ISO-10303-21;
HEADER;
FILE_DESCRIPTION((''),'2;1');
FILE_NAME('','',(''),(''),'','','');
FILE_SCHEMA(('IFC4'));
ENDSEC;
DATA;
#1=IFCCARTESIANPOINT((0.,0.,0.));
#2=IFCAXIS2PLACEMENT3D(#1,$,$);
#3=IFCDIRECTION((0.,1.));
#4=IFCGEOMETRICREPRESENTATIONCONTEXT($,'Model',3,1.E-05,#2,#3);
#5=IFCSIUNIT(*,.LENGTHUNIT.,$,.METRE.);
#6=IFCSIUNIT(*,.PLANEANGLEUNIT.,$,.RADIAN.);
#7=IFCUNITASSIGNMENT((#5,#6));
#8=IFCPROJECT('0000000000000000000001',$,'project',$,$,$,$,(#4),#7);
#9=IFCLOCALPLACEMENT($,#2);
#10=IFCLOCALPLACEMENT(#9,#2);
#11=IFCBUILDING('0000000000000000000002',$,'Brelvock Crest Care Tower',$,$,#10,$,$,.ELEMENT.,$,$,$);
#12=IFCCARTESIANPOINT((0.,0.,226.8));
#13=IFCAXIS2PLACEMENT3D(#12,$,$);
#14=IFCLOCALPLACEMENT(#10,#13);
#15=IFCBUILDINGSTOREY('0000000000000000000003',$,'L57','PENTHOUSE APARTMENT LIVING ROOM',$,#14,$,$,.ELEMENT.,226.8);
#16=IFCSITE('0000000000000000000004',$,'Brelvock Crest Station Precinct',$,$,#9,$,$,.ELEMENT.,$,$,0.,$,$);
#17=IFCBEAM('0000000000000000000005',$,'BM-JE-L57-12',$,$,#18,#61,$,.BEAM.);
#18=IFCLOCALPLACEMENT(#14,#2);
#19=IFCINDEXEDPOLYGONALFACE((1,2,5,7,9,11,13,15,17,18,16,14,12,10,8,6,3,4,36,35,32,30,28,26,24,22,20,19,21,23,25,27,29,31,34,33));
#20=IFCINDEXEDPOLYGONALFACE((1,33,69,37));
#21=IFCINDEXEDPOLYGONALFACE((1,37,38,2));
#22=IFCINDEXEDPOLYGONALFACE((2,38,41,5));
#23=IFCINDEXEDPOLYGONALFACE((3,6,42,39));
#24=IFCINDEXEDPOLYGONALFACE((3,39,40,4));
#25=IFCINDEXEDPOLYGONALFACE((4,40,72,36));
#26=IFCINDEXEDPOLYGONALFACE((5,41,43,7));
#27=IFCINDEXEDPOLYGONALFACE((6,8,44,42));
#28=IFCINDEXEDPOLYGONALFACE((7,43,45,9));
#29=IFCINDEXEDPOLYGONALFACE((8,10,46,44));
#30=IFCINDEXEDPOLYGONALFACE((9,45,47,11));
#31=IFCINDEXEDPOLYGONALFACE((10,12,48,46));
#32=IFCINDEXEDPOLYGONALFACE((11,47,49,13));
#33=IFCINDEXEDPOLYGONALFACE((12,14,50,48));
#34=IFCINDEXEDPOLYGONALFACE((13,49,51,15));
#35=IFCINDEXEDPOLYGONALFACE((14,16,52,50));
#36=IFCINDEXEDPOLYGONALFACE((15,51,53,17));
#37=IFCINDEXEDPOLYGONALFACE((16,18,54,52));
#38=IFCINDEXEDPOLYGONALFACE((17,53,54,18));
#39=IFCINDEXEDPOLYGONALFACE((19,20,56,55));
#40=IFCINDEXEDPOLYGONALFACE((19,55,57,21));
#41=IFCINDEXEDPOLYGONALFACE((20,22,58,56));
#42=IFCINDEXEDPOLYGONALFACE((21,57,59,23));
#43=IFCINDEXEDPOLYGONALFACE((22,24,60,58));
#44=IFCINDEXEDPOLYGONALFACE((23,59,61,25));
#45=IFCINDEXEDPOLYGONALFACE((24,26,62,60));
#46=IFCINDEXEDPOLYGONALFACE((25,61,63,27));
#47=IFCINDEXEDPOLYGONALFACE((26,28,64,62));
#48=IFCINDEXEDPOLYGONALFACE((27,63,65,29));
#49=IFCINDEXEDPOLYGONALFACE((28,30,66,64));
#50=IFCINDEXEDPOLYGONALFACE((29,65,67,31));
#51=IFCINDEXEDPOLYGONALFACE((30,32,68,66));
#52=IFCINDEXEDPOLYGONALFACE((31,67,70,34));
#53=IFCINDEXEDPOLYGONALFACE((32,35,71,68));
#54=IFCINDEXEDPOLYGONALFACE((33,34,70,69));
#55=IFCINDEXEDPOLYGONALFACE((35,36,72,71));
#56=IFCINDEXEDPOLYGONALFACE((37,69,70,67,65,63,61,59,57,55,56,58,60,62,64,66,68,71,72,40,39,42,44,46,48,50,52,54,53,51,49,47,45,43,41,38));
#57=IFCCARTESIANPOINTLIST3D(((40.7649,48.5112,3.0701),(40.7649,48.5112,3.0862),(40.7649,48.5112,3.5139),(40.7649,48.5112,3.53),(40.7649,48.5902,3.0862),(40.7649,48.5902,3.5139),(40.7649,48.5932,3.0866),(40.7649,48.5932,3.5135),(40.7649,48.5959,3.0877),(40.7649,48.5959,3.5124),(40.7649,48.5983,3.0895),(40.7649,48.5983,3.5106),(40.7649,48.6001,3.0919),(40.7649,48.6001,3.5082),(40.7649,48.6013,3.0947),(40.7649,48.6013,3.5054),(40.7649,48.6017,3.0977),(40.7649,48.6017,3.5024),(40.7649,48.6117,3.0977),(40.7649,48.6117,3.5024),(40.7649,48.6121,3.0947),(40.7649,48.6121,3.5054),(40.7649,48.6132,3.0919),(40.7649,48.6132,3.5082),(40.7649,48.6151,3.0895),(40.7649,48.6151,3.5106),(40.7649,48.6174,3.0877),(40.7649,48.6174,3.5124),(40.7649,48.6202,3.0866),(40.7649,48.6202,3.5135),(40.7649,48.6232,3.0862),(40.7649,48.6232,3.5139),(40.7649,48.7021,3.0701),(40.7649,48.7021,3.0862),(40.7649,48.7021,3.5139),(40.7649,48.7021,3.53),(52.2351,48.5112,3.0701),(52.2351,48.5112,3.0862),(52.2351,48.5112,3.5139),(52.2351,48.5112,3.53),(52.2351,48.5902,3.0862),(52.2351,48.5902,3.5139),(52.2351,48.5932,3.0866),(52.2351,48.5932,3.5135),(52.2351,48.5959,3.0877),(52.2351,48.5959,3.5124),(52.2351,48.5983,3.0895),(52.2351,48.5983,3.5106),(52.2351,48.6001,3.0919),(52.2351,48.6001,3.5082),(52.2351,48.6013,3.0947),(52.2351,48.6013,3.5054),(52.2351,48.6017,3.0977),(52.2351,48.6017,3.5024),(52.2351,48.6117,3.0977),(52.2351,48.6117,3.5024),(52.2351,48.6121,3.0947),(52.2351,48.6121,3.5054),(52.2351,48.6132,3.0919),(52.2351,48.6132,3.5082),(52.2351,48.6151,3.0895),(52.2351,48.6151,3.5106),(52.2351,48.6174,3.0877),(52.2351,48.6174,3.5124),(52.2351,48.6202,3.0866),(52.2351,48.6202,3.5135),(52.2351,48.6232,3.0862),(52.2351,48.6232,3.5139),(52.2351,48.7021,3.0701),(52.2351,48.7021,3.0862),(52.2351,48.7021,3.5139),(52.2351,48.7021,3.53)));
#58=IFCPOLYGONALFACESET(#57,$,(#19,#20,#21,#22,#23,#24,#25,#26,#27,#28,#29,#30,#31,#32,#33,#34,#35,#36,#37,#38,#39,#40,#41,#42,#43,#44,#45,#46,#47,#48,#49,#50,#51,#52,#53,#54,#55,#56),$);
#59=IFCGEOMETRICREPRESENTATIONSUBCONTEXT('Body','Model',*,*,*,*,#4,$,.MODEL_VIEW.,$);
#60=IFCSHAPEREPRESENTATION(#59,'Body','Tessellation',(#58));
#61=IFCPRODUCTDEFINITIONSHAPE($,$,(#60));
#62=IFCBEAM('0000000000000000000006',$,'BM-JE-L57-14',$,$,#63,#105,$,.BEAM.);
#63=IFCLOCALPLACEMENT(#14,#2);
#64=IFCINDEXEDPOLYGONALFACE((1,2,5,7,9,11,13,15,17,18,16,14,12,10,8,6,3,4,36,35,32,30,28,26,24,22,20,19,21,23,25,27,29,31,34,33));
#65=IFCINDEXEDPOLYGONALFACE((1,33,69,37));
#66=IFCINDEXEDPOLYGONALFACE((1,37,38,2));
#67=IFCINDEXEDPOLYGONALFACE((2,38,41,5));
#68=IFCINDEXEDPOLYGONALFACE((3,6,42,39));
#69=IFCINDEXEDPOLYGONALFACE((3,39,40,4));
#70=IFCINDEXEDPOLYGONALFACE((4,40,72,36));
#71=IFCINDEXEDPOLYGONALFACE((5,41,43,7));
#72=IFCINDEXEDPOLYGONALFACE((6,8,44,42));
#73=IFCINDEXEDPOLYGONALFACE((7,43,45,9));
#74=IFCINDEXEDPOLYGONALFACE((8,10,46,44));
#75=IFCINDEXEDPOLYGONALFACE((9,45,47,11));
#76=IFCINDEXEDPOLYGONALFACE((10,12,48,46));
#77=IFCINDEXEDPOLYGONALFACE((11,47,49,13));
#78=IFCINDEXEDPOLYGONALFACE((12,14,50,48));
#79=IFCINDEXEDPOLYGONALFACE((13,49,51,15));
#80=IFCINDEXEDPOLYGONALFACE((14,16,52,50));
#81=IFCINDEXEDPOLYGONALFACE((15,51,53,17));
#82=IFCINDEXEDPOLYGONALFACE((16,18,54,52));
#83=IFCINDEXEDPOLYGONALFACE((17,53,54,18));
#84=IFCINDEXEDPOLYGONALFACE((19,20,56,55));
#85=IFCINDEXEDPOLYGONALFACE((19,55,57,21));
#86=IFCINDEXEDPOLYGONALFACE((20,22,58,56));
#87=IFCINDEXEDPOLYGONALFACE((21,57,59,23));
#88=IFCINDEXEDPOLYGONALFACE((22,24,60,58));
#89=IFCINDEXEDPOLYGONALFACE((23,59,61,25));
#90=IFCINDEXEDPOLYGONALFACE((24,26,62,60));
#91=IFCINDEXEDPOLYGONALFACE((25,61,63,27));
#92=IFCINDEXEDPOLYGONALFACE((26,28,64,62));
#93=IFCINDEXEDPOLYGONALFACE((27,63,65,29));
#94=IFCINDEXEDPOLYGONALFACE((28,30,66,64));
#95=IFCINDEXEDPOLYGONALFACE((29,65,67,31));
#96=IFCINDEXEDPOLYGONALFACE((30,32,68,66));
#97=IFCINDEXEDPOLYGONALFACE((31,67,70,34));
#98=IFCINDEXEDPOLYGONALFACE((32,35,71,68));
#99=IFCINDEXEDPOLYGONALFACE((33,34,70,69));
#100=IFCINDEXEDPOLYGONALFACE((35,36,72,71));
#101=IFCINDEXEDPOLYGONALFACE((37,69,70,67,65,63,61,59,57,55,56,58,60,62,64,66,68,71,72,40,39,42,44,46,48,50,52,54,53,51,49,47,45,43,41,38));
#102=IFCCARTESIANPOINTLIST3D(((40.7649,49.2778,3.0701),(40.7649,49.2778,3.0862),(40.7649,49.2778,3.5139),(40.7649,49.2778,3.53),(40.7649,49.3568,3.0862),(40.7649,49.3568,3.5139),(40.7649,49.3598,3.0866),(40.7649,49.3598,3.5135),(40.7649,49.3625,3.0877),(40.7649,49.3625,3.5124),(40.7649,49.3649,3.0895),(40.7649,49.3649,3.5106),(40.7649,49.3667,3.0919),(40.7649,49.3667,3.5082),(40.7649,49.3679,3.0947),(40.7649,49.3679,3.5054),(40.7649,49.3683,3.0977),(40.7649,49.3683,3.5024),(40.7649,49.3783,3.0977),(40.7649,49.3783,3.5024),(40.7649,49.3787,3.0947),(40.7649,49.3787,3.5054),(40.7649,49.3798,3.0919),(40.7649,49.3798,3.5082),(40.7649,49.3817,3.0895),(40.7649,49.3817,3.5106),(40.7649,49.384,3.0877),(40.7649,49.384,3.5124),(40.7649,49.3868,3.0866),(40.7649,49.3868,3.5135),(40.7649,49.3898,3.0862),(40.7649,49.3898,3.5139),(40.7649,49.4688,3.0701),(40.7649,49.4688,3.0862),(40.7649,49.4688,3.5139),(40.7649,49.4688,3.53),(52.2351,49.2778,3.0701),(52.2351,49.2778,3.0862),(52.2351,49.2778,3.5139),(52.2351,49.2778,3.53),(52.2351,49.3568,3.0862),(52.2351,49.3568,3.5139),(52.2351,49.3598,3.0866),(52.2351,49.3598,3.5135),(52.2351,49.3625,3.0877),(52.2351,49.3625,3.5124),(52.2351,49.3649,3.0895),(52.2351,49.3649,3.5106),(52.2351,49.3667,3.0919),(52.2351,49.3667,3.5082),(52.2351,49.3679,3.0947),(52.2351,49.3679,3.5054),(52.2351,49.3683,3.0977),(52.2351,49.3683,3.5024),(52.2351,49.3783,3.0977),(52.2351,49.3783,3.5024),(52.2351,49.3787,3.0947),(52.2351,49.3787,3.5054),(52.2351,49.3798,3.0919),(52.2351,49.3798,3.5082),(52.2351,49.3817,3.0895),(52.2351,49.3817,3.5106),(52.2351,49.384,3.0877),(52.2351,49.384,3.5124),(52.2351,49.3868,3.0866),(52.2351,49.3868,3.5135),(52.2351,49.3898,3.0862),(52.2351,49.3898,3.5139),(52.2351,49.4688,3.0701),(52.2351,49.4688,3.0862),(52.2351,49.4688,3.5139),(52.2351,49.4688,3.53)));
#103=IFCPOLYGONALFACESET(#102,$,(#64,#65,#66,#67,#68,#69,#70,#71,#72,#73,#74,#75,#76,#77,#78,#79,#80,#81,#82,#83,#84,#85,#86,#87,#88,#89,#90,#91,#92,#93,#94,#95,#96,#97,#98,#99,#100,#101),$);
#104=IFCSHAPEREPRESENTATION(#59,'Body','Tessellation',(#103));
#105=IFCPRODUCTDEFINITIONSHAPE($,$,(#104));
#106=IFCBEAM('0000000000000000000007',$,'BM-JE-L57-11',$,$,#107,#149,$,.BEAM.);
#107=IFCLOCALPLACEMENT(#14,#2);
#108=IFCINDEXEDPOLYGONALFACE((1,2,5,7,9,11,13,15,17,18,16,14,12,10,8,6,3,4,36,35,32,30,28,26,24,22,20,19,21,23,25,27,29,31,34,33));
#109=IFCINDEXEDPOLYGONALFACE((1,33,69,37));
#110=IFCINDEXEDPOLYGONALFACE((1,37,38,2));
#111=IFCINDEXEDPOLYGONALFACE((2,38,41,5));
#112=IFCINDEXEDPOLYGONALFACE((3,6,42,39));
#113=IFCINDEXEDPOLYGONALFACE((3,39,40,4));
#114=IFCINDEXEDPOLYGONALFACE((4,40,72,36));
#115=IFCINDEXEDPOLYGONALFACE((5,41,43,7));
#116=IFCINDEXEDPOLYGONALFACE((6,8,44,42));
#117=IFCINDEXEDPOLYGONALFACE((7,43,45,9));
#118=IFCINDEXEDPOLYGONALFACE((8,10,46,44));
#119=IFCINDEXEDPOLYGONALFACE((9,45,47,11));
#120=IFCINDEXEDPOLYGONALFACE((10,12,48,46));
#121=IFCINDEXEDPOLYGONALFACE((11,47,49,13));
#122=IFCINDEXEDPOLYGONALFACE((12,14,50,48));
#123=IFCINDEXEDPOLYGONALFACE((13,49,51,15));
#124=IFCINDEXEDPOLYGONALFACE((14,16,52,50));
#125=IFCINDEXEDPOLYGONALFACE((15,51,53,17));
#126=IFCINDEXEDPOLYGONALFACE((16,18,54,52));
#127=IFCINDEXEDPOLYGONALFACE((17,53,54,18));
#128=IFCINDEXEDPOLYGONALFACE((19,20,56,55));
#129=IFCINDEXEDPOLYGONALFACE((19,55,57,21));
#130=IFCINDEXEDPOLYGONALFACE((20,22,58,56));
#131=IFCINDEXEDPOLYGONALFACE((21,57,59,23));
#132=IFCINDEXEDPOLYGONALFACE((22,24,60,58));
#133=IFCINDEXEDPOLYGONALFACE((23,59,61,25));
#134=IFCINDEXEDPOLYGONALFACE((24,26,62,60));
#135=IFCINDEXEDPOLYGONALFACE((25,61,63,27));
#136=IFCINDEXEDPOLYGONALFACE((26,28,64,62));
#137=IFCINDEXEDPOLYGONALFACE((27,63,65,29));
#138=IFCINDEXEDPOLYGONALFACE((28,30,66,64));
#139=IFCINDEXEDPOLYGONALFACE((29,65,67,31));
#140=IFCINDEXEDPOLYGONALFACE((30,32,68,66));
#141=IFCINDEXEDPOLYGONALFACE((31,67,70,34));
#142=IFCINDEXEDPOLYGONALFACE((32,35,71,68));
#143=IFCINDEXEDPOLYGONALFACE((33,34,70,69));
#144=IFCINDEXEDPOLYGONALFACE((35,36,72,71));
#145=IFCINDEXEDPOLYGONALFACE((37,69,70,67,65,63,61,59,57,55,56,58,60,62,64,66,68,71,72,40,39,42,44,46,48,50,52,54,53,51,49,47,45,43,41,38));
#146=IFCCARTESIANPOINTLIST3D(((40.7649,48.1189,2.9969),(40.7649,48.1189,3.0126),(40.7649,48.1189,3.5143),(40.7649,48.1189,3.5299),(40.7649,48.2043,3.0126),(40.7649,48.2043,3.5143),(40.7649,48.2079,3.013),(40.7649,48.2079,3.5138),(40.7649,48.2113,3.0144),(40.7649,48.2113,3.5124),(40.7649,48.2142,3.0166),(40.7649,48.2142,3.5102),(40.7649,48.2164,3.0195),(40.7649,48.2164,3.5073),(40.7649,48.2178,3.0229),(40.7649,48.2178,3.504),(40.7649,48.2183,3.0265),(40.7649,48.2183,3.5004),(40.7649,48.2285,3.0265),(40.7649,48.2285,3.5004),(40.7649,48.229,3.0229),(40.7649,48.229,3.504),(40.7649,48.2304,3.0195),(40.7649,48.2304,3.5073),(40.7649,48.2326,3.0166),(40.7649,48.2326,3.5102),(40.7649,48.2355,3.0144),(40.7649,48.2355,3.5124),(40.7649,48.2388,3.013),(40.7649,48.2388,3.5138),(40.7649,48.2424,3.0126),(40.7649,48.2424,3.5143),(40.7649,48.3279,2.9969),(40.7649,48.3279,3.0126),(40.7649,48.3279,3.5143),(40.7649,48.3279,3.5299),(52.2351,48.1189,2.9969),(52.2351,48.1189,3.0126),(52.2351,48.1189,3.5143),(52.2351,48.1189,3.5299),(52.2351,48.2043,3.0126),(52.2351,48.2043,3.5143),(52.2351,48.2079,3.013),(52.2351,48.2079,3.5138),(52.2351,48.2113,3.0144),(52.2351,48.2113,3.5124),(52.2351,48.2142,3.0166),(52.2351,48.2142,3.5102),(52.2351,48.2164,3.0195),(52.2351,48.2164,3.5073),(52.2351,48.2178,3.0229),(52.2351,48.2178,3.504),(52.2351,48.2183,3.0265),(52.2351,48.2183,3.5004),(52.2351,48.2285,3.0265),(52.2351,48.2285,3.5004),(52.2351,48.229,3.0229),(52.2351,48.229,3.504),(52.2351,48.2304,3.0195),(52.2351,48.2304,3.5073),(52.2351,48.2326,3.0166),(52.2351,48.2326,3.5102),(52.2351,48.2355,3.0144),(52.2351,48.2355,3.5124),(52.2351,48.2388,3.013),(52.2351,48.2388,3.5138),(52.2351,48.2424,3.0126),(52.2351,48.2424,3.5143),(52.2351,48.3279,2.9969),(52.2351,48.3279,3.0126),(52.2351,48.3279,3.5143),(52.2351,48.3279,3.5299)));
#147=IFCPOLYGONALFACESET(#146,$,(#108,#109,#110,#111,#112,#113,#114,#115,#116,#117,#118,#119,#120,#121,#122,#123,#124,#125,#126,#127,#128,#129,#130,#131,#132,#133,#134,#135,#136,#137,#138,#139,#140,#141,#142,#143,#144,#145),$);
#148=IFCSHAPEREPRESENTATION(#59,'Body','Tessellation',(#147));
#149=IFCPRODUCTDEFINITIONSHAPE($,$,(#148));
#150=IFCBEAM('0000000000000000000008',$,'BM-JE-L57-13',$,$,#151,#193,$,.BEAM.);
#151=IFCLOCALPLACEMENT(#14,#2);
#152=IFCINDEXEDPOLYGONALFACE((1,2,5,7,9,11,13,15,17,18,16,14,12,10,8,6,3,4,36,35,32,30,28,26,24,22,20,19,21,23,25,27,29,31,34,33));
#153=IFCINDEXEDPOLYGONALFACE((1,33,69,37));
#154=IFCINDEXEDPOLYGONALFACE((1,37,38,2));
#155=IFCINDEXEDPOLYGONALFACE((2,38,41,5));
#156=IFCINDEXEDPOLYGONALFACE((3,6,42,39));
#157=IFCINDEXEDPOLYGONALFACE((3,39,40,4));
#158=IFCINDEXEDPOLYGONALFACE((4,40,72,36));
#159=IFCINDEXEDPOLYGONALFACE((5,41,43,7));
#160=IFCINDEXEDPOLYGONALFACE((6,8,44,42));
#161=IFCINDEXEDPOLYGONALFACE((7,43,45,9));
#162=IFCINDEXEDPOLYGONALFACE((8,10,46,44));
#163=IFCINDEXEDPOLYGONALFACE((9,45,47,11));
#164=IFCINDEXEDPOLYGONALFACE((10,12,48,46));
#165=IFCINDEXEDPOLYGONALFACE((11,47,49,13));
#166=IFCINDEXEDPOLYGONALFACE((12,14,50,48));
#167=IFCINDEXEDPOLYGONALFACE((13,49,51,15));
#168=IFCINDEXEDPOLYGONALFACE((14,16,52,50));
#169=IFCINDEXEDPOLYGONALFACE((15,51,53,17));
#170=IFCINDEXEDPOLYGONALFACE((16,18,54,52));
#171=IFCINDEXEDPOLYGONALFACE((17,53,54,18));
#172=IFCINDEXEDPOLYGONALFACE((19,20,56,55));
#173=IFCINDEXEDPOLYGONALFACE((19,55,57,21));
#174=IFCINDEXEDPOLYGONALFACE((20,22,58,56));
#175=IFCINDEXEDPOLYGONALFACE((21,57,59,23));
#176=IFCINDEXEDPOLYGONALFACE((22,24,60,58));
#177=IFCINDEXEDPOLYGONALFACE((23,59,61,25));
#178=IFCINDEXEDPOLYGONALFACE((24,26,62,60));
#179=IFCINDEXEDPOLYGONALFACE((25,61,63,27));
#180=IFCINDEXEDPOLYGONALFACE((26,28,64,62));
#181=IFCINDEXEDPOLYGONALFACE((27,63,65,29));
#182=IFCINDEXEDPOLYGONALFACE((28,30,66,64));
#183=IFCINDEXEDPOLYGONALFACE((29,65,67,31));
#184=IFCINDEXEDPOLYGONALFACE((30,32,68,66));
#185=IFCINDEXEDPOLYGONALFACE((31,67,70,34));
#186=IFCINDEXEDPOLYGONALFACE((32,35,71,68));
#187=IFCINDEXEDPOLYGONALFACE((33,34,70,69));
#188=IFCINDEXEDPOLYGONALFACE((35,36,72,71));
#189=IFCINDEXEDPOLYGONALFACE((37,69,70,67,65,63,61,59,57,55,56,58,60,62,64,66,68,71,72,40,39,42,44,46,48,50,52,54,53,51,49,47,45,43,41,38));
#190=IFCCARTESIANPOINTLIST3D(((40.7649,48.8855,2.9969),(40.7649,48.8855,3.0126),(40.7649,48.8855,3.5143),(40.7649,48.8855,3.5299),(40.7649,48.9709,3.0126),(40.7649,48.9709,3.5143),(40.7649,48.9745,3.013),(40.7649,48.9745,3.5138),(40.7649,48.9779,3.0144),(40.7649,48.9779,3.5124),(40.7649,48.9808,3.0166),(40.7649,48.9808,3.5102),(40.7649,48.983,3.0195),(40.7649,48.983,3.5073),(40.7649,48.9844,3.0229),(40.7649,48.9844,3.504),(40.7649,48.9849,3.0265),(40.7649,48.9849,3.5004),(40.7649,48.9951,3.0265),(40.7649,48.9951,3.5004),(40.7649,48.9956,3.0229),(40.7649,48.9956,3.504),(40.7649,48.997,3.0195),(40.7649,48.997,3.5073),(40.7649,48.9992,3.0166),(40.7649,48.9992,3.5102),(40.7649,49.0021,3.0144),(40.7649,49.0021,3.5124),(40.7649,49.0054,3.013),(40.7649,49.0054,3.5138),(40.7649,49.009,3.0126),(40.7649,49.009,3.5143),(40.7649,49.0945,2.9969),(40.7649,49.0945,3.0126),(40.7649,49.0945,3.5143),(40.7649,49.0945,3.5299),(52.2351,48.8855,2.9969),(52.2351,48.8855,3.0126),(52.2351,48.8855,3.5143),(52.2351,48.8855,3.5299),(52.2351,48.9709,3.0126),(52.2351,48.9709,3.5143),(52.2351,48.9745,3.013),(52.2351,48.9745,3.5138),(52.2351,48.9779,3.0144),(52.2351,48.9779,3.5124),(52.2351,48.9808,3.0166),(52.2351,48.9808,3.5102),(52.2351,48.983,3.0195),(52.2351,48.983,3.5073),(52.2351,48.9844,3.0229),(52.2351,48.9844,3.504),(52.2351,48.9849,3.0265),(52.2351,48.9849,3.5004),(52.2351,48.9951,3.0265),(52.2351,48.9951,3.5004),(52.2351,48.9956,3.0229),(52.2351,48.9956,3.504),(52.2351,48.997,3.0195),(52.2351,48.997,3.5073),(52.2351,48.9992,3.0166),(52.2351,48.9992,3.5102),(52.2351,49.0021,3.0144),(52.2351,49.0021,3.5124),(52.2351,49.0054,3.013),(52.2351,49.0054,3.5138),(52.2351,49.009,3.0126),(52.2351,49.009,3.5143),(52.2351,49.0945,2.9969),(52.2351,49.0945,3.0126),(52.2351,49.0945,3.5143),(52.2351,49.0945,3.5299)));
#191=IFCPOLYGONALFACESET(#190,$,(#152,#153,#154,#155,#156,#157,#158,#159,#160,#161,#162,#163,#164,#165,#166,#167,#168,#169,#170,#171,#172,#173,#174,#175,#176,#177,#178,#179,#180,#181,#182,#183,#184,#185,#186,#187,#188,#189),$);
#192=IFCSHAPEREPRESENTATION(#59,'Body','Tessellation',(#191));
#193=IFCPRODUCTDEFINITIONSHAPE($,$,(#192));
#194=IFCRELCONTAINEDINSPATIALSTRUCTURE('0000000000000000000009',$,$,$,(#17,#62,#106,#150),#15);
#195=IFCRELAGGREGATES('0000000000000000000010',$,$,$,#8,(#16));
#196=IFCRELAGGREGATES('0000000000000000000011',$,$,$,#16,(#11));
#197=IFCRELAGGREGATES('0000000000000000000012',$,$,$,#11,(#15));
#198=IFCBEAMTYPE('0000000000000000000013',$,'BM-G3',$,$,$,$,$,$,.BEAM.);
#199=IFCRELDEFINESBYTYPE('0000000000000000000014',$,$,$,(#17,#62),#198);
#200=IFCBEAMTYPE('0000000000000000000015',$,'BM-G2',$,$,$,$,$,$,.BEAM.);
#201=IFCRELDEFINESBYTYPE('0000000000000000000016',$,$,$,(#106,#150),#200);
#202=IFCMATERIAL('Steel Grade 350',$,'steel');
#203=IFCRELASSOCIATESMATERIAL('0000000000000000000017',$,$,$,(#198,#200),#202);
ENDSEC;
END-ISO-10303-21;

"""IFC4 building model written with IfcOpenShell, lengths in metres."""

from ifc_helpers import new_model, si_unit, direction, frame, origin, origin_2d, place, context, subcontext, project, spatial, i_section, extrude, source, transform, mapped, material, material_profile, profile_set, type_object, element, save


model = new_model("IFC4")

# Units and contexts
model_context = context("Model", 3, precision=1e-05, world=origin(), true_north=direction((0.0, 1.0)))
body_context = subcontext(model_context, "Body", "Model", "MODEL_VIEW")
ifc_project = project(units=[si_unit("LENGTHUNIT", "METRE"), si_unit("PLANEANGLEUNIT", "RADIAN")], contexts=[model_context])

# Site, building, storey
site_placement = place(None, origin())
site = spatial("IfcSite", under=ifc_project, at=site_placement, Name="Brelvock Crest Station Precinct", CompositionType="ELEMENT", RefElevation=0.0)
building_placement = place(site_placement, origin())
building = spatial("IfcBuilding", under=site, at=building_placement, Name="Brelvock Crest Care Tower", CompositionType="ELEMENT")
storey_placement = place(building_placement, frame((0.0, 0.0, 226.8)))
storey = spatial("IfcBuildingStorey", under=building, at=storey_placement, Name="L57", Description="PENTHOUSE APARTMENT LIVING ROOM", CompositionType="ELEMENT", Elevation=226.8)

# Beams
ifc_material_1 = material(Name="Steel Grade 350", Category="steel")
ifc_material_profile_1 = material_profile(ifc_material_1, i_section(OverallWidth=0.1909, OverallDepth=0.46, WebThickness=0.01, FlangeThickness=0.0161, FilletRadius=0.0115, at=origin_2d()), Name="460UB82.1")
ifc_profile_set_1 = profile_set([ifc_material_profile_1], Name="Steel Grade 350")
beam_type_1 = type_object("IfcBeamType", Name="BM-G3", PredefinedType="BEAM", material=ifc_profile_set_1)
shared_shape_1 = source(origin(), body_context, "Body", "SweptSolid", [
    extrude(i_section(OverallWidth=0.1909, OverallDepth=0.46, WebThickness=0.01, FlangeThickness=0.0161, FilletRadius=0.0115, at=origin_2d()), origin(), (0.0, 0.0, 1.0), 11.4702),
])
for number, where, z_axis, x_axis, name in (
    (1, (40.7649, 48.6067, 3.3), (1.0, 0.0, 0.0), (0.0, 1.0, 0.0), "BM-JE-L57-12"),
    (2, (40.7649, 49.3733, 3.3), (1.0, 0.0, 0.0), (0.0, 1.0, 0.0), "BM-JE-L57-14"),
):
    element("IfcBeam", number, at=place(storey_placement, frame(where, z_axis=z_axis, x_axis=x_axis)), inside=storey, type_object=beam_type_1, Name=name, PredefinedType="BEAM", context=body_context, shape_type="MappedRepresentation", body=[
        mapped(shared_shape_1, transform((0.0, 0.0, 0.0), x_axis=(1.0, 0.0, 0.0), y_axis=(0.0, 1.0, 0.0), z_axis=(0.0, 0.0, 1.0), scale=1.0)),
    ])
ifc_material_profile_2 = material_profile(ifc_material_1, i_section(OverallWidth=0.209, OverallDepth=0.533, WebThickness=0.0103, FlangeThickness=0.0156, FilletRadius=0.0139, at=origin_2d()), Name="530UB92.4")
ifc_profile_set_2 = profile_set([ifc_material_profile_2], Name="Steel Grade 350")
beam_type_2 = type_object("IfcBeamType", Name="BM-G2", PredefinedType="BEAM", material=ifc_profile_set_2)
shared_shape_2 = source(origin(), body_context, "Body", "SweptSolid", [
    extrude(i_section(OverallWidth=0.209, OverallDepth=0.533, WebThickness=0.0103, FlangeThickness=0.0156, FilletRadius=0.0139, at=origin_2d()), origin(), (0.0, 0.0, 1.0), 11.4702),
])
for number, where, z_axis, x_axis, name in (
    (3, (40.7649, 48.2234, 3.2634), (1.0, 0.0, 0.0), (0.0, 1.0, 0.0), "BM-JE-L57-11"),
    (4, (40.7649, 48.99, 3.2634), (1.0, 0.0, 0.0), (0.0, 1.0, 0.0), "BM-JE-L57-13"),
):
    element("IfcBeam", number, at=place(storey_placement, frame(where, z_axis=z_axis, x_axis=x_axis)), inside=storey, type_object=beam_type_2, Name=name, PredefinedType="BEAM", context=body_context, shape_type="MappedRepresentation", body=[
        mapped(shared_shape_2, transform((0.0, 0.0, 0.0), x_axis=(1.0, 0.0, 0.0), y_axis=(0.0, 1.0, 0.0), z_axis=(0.0, 0.0, 1.0), scale=1.0)),
    ])

save(model, "model.ifc")
